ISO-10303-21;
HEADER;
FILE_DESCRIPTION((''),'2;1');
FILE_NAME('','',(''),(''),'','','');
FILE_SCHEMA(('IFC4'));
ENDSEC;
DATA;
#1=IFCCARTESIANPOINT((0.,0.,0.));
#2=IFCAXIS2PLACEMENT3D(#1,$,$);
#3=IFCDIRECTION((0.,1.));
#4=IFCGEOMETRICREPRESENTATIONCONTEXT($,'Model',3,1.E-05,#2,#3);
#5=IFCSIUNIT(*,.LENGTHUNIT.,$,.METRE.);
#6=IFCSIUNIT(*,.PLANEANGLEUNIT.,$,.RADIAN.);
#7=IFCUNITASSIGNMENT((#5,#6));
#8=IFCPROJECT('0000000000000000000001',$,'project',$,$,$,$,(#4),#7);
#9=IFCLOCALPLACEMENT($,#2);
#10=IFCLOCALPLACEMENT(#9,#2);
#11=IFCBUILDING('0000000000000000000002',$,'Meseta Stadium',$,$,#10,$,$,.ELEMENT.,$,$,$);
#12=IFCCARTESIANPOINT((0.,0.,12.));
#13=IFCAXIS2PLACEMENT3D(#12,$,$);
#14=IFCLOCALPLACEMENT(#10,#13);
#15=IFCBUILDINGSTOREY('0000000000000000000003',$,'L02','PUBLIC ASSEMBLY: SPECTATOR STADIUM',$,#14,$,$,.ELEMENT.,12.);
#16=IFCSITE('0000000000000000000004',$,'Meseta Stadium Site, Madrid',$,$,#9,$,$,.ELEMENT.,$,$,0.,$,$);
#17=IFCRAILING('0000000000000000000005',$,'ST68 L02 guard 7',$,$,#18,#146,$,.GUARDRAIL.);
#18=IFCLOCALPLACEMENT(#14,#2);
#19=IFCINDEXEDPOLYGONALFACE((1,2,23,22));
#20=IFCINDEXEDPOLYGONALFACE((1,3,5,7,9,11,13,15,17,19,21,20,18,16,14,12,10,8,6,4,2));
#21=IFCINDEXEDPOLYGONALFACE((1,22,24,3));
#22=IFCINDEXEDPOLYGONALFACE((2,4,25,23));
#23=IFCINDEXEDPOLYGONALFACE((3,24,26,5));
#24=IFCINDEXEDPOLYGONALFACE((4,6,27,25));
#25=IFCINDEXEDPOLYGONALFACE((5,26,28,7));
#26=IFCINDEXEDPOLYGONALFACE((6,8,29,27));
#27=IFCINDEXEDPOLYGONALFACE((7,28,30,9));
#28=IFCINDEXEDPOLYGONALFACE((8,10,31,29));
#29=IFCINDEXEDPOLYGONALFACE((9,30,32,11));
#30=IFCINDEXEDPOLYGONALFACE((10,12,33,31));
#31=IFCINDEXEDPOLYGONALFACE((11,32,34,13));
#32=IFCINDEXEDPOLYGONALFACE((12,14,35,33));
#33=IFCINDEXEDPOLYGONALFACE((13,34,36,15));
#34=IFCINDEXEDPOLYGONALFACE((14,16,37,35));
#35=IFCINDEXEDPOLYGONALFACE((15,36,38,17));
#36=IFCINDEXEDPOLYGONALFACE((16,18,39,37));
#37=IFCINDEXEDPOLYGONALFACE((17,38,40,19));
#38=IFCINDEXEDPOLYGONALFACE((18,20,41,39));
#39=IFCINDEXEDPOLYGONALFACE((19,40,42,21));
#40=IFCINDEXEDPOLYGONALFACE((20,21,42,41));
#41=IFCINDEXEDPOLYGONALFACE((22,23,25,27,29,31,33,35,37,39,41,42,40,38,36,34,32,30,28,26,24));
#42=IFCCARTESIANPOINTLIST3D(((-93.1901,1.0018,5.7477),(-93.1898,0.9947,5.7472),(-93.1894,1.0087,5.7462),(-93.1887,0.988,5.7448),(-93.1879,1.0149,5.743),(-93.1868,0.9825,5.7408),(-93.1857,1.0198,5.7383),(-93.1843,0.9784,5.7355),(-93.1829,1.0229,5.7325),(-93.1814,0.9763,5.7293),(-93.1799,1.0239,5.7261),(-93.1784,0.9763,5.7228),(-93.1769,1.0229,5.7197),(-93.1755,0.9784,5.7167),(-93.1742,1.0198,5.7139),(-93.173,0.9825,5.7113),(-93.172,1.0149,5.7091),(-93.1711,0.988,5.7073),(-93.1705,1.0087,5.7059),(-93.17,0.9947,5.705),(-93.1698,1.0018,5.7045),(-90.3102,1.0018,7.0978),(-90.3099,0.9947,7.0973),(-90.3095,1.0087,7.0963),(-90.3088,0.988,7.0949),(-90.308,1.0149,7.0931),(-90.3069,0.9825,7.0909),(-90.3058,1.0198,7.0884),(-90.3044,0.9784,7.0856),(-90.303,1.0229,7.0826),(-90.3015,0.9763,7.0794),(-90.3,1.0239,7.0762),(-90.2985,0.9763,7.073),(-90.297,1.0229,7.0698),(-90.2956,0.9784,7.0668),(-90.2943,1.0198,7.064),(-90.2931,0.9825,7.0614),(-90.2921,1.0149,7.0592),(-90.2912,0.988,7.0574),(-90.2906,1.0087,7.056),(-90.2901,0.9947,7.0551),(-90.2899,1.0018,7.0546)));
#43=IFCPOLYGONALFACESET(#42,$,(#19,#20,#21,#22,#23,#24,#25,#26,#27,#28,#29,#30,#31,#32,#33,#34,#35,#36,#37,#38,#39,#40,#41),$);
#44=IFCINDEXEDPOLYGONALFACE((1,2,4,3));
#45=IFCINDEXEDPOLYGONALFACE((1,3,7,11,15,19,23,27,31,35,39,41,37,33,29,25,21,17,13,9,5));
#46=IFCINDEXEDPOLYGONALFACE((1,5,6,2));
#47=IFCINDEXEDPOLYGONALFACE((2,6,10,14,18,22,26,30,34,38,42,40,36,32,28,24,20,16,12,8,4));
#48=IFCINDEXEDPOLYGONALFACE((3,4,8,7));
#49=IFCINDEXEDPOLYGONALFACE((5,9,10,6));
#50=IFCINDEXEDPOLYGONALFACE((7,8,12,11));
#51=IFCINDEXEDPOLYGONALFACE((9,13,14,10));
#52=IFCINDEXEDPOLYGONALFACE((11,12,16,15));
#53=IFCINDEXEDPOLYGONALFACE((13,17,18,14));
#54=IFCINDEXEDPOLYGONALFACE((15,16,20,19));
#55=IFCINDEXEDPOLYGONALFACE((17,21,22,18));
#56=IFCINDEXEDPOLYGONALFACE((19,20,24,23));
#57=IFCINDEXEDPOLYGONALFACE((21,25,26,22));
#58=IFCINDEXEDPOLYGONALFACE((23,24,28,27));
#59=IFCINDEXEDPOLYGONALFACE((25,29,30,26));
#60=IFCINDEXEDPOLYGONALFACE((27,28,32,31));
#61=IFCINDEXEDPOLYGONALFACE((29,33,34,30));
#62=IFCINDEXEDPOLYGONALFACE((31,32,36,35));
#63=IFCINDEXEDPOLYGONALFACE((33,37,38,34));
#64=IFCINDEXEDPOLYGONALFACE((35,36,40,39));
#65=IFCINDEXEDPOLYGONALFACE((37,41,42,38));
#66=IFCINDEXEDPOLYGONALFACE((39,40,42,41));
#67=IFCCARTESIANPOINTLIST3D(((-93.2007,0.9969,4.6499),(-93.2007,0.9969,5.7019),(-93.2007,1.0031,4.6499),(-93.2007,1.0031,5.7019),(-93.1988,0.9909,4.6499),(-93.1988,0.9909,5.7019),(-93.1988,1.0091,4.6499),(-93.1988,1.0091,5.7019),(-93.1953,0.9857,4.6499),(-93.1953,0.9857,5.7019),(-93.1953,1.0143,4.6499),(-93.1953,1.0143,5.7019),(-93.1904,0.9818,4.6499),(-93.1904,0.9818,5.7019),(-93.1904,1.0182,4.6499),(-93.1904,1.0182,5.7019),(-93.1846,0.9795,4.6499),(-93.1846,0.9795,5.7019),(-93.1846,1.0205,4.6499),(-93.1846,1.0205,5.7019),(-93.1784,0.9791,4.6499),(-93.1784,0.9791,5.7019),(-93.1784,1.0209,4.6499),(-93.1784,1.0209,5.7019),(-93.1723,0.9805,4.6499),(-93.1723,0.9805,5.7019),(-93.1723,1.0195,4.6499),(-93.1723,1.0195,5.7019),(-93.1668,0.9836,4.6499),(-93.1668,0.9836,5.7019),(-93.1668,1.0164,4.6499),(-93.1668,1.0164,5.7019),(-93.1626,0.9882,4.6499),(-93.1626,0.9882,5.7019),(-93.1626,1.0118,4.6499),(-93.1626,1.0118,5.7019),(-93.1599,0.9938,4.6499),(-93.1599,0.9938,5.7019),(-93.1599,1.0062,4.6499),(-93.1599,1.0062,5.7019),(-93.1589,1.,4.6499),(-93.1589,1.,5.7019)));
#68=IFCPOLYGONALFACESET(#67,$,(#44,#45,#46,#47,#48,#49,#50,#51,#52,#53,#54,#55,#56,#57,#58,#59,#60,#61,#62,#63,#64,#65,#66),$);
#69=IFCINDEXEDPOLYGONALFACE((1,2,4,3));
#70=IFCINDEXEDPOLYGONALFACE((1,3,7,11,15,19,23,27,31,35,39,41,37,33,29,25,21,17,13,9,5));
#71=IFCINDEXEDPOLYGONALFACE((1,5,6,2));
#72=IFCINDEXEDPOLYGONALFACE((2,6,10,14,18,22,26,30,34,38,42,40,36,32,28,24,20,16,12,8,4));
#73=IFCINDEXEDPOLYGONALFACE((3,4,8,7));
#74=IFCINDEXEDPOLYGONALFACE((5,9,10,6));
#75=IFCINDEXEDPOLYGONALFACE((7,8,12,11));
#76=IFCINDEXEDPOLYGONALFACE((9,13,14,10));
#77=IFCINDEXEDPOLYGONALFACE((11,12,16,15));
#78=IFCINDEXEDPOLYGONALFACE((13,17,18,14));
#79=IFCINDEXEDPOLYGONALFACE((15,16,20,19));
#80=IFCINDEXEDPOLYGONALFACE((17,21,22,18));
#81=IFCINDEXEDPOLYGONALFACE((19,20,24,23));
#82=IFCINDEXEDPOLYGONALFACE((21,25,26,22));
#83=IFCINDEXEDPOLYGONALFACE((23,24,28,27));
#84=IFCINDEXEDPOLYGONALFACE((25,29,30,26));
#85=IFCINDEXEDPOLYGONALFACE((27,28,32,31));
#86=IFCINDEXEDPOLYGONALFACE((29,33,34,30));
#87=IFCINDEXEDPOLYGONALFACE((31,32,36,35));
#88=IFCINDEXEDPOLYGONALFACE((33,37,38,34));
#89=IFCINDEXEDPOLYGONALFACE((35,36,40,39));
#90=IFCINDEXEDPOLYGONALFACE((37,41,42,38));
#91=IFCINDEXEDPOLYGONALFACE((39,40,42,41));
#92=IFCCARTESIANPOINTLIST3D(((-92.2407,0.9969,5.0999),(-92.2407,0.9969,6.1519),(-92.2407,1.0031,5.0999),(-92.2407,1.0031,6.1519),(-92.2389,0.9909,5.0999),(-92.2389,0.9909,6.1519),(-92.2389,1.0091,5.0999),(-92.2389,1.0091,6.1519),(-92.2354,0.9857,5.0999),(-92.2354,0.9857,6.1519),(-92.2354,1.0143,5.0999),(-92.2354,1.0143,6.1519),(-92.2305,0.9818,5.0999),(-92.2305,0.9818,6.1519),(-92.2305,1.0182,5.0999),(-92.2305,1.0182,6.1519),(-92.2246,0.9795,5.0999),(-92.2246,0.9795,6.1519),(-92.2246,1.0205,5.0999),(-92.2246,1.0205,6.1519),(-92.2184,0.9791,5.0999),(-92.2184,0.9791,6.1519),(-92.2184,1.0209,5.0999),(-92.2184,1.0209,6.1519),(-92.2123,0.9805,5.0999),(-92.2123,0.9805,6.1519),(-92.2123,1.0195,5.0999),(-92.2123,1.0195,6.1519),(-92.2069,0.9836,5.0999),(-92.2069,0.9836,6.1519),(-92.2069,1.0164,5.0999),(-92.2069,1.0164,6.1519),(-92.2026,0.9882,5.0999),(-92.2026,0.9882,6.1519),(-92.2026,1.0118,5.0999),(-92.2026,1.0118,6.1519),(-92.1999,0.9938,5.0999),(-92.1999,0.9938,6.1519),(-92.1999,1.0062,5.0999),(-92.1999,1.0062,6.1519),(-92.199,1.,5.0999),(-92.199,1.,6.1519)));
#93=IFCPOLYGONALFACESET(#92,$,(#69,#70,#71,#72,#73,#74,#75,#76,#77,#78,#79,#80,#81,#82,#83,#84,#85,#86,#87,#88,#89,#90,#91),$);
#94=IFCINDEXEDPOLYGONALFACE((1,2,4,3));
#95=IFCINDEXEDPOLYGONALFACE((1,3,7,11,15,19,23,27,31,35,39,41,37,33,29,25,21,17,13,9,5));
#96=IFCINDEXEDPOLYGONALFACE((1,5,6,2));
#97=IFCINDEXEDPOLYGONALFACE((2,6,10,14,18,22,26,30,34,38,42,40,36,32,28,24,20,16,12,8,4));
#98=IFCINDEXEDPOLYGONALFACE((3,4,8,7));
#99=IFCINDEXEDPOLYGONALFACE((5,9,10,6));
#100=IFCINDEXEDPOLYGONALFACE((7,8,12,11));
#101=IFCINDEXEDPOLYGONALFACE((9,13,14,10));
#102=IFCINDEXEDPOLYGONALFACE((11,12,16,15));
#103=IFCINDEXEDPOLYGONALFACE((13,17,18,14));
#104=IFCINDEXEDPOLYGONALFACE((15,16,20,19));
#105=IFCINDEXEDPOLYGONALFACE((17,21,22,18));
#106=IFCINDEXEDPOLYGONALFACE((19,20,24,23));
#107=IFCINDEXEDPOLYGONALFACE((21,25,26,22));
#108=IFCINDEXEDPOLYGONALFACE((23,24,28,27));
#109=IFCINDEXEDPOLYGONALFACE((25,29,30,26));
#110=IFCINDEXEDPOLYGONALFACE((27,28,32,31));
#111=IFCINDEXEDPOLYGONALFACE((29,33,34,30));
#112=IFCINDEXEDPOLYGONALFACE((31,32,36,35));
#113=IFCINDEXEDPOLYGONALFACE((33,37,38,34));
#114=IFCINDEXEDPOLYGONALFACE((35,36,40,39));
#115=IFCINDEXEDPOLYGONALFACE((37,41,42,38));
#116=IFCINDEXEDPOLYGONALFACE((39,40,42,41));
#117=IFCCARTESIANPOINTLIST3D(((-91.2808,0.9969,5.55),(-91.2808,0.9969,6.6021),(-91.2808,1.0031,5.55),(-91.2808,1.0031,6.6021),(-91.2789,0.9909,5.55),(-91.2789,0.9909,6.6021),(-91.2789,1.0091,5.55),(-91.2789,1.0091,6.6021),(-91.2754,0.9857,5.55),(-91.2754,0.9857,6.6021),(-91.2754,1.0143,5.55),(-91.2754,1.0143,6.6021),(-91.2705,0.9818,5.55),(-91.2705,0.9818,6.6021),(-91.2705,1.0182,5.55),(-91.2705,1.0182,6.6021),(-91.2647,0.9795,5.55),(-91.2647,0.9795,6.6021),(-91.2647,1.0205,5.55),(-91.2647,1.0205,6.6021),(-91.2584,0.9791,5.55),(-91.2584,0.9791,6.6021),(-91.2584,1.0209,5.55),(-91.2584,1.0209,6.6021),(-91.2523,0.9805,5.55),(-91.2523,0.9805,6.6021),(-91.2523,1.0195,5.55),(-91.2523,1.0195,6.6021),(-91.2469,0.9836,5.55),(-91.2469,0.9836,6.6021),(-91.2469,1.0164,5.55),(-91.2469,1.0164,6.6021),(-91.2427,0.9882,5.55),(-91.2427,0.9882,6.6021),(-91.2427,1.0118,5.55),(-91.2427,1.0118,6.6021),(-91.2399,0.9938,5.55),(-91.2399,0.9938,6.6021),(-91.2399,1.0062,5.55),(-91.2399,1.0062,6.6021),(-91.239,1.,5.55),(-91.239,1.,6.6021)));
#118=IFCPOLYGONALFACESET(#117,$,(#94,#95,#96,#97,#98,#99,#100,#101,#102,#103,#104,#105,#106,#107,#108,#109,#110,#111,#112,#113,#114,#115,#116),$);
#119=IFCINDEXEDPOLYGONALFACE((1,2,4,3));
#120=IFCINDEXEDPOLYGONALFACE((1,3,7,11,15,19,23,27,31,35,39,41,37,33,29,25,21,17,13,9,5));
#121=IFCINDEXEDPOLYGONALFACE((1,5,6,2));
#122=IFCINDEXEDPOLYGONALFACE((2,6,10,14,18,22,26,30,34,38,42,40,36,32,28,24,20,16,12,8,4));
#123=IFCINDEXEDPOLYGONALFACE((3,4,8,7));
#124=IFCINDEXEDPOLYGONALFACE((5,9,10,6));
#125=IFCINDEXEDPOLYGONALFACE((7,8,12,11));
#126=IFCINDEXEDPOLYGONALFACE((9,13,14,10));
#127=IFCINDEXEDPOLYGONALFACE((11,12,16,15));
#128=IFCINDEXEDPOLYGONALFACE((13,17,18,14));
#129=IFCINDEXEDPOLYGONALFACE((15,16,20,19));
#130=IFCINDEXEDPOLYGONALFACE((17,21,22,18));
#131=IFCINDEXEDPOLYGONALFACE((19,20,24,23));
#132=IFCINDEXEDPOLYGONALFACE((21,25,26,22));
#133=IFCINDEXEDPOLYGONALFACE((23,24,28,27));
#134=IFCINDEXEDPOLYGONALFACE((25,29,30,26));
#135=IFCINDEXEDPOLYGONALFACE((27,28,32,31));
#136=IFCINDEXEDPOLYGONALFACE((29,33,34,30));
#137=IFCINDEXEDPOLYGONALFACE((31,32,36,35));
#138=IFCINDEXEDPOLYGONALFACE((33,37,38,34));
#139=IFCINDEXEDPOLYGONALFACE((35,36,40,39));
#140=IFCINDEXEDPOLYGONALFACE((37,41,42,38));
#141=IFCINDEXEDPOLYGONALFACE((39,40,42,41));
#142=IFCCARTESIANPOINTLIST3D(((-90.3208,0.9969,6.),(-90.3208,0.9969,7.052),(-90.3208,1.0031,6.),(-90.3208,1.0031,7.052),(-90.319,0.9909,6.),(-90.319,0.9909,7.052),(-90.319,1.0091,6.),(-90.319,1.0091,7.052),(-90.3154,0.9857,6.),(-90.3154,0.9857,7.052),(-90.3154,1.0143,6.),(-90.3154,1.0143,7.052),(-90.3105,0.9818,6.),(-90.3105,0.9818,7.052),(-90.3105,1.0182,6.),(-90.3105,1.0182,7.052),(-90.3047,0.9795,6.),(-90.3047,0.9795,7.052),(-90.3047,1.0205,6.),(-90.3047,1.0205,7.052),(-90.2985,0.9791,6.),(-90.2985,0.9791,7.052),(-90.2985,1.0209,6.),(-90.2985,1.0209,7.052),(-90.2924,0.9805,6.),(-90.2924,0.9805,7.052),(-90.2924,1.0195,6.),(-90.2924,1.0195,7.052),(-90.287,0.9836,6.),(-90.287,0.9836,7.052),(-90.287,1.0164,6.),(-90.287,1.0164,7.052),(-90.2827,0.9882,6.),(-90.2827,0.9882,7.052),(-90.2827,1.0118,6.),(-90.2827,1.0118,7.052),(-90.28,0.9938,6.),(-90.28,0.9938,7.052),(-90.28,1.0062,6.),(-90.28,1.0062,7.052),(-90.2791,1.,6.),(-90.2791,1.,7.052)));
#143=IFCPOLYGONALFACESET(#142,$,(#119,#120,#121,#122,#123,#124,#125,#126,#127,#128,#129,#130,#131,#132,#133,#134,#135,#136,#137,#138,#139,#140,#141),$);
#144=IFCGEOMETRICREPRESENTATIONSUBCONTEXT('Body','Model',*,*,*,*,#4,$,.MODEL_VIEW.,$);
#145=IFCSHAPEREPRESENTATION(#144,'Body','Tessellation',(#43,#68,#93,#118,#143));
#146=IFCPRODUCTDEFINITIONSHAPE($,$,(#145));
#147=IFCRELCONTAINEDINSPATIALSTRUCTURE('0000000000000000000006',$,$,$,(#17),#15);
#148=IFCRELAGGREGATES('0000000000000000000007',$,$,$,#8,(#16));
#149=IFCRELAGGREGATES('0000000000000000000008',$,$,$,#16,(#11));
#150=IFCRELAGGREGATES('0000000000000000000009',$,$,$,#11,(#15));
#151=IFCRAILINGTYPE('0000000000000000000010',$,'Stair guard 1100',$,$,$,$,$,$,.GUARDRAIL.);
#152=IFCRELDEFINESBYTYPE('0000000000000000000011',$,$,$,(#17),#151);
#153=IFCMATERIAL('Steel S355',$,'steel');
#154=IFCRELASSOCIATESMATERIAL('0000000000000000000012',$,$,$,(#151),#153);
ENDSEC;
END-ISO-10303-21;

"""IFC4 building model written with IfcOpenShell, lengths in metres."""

from ifc_helpers import new_model, si_unit, direction, frame, origin, origin_2d, place, context, subcontext, project, spatial, circle, extrude, material, type_object, element, save


model = new_model("IFC4")

# Units and contexts
model_context = context("Model", 3, precision=1e-05, world=origin(), true_north=direction((0.0, 1.0)))
body_context = subcontext(model_context, "Body", "Model", "MODEL_VIEW")
ifc_project = project(units=[si_unit("LENGTHUNIT", "METRE"), si_unit("PLANEANGLEUNIT", "RADIAN")], contexts=[model_context])

# Site, building, storey
site_placement = place(None, origin())
site = spatial("IfcSite", under=ifc_project, at=site_placement, Name="Meseta Stadium Site, Madrid", CompositionType="ELEMENT", RefElevation=0.0)
building_placement = place(site_placement, origin())
building = spatial("IfcBuilding", under=site, at=building_placement, Name="Meseta Stadium", CompositionType="ELEMENT")
storey_placement = place(building_placement, frame((0.0, 0.0, 12.0)))
storey = spatial("IfcBuildingStorey", under=building, at=storey_placement, Name="L02", Description="PUBLIC ASSEMBLY: SPECTATOR STADIUM", CompositionType="ELEMENT", Elevation=12.0)

# Railing
ifc_material_1 = material(Name="Steel S355", Category="steel")
railing_type_1 = type_object("IfcRailingType", Name="Stair guard 1100", PredefinedType="GUARDRAIL", material=ifc_material_1)
railing_1_placement = place(storey_placement, frame((-93.1799, 1.0, 4.6499)))
element("IfcRailing", 1, at=railing_1_placement, inside=storey, type_object=railing_type_1, Name="ST68 L02 guard 7", PredefinedType="GUARDRAIL", context=body_context, shape_type="SweptSolid", body=[
    extrude(circle(Radius=0.0239, at=origin_2d()), frame((0.0, 0.0, 1.0762), z_axis=(0.90544, 0.0, 0.424473), x_axis=(0.0, 1.0, 0.0)), (0.0, 0.0, 1.0), 3.1807),
    extrude(circle(Radius=0.021, at=origin_2d()), origin(), (0.0, 0.0, 1.0), 1.052),
    extrude(circle(Radius=0.021, at=origin_2d()), frame((0.96, 0.0, 0.45)), (0.0, 0.0, 1.0), 1.052),
    extrude(circle(Radius=0.021, at=origin_2d()), frame((1.9199, 0.0, 0.9001)), (0.0, 0.0, 1.0), 1.052),
    extrude(circle(Radius=0.021, at=origin_2d()), frame((2.8799, 0.0, 1.3501)), (0.0, 0.0, 1.0), 1.052),
])

save(model, "model.ifc")
